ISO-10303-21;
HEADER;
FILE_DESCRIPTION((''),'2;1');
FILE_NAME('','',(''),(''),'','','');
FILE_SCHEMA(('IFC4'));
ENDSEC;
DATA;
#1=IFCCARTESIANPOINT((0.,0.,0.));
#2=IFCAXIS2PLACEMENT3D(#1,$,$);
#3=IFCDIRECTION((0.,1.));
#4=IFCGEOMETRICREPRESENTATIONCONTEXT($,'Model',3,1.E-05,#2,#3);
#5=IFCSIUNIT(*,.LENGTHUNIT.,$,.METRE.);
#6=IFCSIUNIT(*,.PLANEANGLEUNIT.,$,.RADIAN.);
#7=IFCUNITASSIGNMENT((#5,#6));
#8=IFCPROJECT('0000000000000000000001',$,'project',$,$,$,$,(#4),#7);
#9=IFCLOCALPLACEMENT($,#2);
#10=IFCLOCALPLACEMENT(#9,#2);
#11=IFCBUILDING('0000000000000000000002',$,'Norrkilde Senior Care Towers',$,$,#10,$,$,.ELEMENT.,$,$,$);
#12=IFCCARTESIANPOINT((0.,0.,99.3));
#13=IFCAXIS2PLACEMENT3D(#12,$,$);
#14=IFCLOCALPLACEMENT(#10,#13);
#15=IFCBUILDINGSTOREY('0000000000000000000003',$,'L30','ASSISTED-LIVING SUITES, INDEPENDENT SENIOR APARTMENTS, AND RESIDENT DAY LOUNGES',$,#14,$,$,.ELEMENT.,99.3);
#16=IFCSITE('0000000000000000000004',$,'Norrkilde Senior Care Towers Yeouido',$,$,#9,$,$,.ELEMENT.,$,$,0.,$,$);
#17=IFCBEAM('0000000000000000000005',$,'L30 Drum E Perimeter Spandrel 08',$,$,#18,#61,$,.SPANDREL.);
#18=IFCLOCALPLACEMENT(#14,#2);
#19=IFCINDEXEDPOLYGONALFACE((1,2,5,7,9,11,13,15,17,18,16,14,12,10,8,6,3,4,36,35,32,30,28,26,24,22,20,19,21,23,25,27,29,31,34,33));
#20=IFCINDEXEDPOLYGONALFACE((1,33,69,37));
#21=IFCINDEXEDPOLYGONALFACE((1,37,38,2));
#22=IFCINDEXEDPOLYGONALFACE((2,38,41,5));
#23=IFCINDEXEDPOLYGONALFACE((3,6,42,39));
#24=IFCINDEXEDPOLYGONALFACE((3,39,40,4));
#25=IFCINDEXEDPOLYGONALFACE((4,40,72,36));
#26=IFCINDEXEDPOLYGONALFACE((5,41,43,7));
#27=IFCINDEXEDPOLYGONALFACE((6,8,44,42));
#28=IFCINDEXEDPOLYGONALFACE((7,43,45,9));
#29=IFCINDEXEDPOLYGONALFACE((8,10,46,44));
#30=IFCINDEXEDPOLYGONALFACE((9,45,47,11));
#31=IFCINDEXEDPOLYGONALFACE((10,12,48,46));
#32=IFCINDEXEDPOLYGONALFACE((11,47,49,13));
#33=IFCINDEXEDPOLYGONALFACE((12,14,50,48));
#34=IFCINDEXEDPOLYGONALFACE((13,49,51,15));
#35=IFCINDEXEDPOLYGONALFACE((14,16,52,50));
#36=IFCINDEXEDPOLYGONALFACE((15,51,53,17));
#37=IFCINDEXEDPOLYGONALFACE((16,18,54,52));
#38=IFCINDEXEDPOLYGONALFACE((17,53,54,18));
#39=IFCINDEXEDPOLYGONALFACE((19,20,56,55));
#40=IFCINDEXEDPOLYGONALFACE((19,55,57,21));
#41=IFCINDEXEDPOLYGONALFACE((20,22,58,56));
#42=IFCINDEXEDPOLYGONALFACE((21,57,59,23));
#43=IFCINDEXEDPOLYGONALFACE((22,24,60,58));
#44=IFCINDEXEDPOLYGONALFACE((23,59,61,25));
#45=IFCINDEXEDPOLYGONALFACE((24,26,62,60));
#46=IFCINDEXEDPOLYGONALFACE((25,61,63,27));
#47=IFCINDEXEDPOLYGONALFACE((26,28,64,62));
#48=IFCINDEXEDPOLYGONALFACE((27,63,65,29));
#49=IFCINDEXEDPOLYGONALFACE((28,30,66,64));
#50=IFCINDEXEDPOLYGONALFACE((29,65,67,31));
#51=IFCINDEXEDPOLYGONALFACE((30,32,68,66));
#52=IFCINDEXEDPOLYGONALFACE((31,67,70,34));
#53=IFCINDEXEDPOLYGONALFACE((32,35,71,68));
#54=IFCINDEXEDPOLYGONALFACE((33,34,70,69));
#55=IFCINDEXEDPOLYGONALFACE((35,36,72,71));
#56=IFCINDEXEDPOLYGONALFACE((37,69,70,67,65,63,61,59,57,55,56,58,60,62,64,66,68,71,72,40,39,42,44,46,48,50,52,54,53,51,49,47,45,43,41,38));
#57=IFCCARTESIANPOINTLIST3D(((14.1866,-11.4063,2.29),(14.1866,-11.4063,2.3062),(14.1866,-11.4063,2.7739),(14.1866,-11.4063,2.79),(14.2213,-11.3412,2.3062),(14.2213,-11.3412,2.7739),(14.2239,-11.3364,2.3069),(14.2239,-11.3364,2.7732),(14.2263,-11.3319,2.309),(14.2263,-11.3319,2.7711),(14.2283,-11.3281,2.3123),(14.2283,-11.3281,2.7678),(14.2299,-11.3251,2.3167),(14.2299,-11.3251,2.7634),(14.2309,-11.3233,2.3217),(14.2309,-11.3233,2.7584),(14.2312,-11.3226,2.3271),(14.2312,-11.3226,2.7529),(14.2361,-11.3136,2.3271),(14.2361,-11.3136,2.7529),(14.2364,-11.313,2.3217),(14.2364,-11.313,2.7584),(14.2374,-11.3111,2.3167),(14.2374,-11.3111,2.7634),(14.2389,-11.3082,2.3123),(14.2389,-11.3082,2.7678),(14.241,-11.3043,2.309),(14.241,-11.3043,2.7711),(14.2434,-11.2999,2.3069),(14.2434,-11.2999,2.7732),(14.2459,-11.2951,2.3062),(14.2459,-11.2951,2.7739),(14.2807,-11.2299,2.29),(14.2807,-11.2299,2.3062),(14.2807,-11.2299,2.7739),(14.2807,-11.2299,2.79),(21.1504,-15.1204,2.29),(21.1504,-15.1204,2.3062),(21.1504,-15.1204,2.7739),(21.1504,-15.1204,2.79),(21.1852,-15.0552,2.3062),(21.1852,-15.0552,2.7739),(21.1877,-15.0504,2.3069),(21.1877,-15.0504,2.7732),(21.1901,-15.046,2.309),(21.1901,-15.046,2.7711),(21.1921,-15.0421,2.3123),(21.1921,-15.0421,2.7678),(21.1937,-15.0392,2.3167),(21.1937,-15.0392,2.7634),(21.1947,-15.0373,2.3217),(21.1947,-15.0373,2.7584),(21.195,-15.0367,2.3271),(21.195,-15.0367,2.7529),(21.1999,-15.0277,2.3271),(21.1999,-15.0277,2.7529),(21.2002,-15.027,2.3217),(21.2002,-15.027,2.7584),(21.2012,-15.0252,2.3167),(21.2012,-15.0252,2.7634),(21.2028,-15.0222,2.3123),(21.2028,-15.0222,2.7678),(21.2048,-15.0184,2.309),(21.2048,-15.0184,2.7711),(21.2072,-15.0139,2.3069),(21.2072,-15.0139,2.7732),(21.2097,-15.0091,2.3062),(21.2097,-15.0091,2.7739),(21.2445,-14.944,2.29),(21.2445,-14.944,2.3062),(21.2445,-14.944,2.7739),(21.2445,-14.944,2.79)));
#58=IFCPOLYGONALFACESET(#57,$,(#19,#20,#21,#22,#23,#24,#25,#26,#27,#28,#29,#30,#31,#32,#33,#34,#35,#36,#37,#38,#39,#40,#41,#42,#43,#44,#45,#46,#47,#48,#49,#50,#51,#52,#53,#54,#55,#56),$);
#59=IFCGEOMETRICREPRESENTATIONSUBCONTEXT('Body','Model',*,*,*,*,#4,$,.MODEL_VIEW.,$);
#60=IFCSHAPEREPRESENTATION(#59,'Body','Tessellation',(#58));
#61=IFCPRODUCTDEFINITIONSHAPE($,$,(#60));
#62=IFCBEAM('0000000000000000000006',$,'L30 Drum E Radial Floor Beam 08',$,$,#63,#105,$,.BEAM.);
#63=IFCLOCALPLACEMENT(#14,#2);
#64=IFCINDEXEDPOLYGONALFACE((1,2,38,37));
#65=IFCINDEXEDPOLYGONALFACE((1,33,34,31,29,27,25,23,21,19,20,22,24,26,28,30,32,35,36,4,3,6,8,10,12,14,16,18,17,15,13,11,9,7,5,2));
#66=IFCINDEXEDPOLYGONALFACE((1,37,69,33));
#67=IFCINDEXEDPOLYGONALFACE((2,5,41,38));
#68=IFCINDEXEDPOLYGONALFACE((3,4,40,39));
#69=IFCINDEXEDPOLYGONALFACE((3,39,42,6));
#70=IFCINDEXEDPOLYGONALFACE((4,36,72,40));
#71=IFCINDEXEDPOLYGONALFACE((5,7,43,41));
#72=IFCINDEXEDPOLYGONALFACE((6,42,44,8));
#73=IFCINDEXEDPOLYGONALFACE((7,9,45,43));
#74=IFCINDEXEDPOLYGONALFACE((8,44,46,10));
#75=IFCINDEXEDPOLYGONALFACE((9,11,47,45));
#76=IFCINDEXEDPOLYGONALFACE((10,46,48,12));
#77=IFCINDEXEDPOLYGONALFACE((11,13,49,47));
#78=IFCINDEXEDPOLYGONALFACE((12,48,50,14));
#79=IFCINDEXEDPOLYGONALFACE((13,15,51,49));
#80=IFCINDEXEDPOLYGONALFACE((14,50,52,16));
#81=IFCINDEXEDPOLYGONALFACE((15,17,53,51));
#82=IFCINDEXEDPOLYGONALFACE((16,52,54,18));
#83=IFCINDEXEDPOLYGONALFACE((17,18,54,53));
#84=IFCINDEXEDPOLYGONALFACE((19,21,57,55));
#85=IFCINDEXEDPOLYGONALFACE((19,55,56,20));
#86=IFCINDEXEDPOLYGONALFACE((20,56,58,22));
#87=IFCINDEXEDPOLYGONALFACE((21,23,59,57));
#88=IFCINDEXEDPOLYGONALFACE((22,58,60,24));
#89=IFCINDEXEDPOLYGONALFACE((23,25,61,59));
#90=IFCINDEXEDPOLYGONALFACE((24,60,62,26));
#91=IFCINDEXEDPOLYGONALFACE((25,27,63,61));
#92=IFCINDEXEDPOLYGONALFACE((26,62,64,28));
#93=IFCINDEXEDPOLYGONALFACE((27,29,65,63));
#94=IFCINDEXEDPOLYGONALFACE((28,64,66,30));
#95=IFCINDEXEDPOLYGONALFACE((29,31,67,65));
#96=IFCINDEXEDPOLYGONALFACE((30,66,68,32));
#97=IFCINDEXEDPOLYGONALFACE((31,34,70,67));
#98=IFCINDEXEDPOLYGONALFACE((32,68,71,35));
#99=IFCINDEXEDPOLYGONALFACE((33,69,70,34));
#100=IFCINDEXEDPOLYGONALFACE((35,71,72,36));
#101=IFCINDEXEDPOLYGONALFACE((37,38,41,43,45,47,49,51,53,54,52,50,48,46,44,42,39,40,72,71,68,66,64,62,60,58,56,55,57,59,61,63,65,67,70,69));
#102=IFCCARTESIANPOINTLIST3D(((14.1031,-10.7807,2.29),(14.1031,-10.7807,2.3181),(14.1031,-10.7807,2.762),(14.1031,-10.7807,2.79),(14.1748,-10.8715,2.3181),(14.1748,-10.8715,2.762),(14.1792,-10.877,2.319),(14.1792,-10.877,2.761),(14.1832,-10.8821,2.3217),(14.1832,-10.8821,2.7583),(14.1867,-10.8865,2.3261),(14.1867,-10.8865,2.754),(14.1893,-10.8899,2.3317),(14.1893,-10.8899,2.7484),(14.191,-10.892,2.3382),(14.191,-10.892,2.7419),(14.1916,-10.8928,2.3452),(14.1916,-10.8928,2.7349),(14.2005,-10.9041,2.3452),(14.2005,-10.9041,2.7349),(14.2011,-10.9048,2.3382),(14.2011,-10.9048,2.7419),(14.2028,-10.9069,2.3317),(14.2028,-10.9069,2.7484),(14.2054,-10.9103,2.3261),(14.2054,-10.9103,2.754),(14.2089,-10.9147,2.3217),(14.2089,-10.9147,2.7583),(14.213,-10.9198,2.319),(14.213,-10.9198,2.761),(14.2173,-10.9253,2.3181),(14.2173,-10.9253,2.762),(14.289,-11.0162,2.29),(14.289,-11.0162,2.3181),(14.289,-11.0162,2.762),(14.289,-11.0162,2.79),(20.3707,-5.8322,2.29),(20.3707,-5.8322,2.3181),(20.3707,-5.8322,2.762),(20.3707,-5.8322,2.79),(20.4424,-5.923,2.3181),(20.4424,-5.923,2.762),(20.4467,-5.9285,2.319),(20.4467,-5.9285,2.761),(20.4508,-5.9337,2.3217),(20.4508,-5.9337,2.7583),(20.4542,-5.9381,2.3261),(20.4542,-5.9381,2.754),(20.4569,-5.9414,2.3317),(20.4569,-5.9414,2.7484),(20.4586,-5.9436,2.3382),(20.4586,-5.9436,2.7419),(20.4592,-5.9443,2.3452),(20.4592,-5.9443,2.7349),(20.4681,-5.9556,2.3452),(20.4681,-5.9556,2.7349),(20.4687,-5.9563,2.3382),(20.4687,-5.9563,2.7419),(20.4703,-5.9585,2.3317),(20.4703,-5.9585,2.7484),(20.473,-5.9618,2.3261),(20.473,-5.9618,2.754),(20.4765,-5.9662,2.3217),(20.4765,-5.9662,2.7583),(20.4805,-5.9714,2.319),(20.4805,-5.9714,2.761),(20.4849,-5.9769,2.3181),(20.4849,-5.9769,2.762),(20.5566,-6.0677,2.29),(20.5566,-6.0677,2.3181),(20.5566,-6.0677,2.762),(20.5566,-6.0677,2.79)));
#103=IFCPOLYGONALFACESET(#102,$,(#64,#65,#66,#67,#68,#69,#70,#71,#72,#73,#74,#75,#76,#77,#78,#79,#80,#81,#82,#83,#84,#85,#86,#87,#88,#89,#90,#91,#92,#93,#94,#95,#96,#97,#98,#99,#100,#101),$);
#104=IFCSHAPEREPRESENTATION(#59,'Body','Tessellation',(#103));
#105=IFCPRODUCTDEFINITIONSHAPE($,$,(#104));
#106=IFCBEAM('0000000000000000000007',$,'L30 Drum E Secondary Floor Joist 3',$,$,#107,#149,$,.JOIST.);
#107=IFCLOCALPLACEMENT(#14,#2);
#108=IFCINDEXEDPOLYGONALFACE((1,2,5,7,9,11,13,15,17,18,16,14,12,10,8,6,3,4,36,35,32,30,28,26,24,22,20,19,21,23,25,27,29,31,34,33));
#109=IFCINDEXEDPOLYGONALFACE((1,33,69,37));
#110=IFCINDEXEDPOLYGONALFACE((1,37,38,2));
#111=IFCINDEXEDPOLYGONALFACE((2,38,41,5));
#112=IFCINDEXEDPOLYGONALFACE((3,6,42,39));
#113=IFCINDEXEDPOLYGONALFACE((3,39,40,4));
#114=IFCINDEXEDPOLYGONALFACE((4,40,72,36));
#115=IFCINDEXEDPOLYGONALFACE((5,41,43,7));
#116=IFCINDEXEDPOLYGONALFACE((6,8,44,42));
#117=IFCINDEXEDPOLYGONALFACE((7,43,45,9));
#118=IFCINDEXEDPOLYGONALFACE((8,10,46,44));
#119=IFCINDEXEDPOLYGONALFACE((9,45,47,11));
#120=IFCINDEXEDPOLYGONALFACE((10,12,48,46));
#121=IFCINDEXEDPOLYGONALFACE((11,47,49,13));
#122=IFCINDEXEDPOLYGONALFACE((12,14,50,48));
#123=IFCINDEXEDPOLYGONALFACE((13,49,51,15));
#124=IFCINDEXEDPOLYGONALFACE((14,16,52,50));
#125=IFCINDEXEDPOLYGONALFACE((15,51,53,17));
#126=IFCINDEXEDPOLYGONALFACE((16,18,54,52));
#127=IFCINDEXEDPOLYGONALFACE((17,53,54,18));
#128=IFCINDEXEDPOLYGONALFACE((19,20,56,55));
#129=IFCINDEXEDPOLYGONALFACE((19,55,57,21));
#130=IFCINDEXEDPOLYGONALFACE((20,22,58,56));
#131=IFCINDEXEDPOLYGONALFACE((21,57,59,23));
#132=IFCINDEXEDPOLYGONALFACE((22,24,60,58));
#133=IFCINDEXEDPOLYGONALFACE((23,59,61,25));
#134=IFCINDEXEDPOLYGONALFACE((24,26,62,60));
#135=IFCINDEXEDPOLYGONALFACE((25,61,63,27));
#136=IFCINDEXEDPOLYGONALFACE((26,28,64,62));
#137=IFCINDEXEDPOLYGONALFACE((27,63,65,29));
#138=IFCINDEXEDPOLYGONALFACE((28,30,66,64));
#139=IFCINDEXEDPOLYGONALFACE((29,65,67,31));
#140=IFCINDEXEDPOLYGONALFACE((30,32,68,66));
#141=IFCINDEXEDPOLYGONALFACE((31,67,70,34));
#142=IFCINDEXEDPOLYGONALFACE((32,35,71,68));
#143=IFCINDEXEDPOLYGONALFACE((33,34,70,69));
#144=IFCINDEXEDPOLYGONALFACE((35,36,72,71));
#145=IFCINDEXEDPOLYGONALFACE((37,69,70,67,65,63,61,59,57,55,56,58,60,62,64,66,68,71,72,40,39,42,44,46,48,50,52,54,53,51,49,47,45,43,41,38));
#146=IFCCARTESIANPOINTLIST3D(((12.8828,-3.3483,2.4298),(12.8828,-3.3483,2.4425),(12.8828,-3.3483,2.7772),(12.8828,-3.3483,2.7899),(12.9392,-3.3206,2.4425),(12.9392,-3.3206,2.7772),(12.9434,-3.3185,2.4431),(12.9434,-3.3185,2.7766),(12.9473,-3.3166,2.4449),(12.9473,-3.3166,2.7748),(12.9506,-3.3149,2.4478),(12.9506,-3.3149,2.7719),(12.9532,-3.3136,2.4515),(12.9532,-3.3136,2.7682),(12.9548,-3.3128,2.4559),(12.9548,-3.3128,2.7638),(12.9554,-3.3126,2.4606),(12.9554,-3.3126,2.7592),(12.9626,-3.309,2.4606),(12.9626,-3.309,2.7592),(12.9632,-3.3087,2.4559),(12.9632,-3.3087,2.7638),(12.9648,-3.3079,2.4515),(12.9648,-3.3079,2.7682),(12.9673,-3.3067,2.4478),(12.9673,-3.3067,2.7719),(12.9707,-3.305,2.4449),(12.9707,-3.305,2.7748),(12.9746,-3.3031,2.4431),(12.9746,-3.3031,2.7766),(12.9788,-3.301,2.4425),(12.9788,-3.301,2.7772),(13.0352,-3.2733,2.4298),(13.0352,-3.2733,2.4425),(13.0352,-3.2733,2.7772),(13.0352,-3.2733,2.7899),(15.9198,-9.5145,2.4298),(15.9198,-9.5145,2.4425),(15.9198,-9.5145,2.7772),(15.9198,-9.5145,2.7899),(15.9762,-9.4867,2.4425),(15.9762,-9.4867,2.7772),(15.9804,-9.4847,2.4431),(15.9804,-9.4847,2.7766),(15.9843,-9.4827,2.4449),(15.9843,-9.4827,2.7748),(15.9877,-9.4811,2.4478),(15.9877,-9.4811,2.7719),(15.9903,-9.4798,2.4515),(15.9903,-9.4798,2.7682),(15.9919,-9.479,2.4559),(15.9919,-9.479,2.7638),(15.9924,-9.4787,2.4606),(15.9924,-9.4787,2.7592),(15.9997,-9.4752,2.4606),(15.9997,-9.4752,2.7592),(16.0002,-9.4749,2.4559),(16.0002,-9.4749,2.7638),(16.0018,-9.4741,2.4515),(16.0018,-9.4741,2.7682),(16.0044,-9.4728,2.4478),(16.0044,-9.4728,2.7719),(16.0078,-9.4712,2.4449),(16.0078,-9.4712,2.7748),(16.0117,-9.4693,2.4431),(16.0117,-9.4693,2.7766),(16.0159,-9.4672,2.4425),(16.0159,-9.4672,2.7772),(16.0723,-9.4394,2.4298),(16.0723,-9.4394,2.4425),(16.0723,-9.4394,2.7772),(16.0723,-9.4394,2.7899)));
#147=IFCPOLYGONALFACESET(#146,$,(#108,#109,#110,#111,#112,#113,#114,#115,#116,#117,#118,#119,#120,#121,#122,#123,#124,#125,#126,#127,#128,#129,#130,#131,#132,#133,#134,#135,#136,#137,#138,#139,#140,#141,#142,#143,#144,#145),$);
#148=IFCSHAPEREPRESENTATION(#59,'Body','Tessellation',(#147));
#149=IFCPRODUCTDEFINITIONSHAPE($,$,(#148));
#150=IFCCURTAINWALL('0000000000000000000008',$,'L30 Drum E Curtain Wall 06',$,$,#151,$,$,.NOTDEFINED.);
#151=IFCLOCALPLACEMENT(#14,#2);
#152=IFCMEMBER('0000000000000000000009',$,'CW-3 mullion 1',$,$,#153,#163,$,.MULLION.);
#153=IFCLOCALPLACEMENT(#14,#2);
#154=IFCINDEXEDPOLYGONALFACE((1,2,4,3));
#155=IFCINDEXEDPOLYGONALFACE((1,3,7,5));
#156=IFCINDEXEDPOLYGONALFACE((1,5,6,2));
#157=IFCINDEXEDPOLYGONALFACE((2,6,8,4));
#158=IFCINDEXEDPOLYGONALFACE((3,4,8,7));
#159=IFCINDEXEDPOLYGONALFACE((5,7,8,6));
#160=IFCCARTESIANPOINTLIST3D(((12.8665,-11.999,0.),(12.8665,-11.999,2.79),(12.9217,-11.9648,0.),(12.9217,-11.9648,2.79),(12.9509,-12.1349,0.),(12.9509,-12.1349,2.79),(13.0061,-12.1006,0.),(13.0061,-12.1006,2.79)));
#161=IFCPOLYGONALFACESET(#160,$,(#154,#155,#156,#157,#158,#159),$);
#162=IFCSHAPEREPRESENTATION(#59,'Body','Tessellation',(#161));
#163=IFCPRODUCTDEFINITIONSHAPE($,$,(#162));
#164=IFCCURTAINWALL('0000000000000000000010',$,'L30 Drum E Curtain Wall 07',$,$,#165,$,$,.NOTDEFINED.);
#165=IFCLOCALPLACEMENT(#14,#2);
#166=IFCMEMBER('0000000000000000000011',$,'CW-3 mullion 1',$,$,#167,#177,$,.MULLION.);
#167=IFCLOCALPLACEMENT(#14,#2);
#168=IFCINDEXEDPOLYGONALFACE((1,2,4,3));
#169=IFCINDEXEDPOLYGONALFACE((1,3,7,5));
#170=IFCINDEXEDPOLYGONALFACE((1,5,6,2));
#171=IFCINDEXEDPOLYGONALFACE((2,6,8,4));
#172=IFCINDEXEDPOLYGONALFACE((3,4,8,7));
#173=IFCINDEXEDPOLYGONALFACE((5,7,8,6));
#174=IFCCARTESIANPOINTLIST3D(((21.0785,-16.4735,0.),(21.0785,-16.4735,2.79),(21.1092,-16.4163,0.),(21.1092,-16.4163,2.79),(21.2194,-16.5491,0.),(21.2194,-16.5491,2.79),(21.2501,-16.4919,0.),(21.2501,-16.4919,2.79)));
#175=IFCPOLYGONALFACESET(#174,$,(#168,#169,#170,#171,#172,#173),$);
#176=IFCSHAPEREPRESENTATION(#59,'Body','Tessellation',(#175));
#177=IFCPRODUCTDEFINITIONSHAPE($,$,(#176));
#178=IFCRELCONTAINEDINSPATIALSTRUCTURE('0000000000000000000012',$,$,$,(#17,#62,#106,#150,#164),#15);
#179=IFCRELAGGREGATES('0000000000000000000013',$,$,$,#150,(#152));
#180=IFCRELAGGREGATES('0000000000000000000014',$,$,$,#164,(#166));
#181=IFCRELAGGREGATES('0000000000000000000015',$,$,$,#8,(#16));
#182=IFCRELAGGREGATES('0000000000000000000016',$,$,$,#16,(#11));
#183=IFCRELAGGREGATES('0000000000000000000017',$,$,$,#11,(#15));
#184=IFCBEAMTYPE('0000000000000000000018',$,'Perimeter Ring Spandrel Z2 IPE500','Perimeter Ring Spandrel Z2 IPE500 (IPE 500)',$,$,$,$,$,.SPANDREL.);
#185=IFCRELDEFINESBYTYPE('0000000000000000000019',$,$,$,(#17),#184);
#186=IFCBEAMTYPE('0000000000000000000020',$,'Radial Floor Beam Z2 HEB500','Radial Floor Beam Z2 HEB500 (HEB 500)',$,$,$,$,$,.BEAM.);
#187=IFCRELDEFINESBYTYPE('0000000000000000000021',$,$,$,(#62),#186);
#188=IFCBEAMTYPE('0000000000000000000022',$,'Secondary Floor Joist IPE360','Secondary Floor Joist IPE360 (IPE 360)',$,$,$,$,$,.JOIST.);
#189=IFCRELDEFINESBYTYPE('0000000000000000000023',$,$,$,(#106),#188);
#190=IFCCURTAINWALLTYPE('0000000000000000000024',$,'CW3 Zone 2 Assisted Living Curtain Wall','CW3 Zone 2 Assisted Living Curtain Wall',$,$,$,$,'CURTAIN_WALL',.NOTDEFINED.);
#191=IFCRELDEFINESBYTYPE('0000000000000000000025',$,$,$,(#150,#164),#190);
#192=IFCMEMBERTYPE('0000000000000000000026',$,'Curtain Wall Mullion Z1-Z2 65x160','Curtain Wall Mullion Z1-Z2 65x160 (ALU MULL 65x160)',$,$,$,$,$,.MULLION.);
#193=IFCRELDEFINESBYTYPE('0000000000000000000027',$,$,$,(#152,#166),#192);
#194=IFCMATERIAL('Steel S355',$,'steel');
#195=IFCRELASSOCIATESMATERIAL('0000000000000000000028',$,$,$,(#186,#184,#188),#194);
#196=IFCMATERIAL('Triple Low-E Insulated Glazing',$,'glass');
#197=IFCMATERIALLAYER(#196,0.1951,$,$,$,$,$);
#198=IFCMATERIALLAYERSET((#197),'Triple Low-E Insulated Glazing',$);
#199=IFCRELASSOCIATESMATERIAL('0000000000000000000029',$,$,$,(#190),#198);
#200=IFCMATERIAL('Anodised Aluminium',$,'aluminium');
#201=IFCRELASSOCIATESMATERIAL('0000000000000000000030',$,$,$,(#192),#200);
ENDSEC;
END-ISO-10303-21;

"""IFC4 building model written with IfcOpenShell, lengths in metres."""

from ifc_helpers import new_model, si_unit, direction, frame, origin, origin_2d, place, context, subcontext, project, spatial, rectangle, i_section, extrude, source, transform, mapped, material, layer, layer_set, material_profile, profile_set, type_object, type_shapes, element, aggregate, save


model = new_model("IFC4")

# Units and contexts
model_context = context("Model", 3, precision=1e-05, world=origin(), true_north=direction((0.0, 1.0)))
body_context = subcontext(model_context, "Body", "Model", "MODEL_VIEW")
ifc_project = project(units=[si_unit("LENGTHUNIT", "METRE"), si_unit("PLANEANGLEUNIT", "RADIAN")], contexts=[model_context])

# Site, building, storey
site_placement = place(None, origin())
site = spatial("IfcSite", under=ifc_project, at=site_placement, Name="Norrkilde Senior Care Towers Yeouido", CompositionType="ELEMENT", RefElevation=0.0)
building_placement = place(site_placement, origin())
building = spatial("IfcBuilding", under=site, at=building_placement, Name="Norrkilde Senior Care Towers", CompositionType="ELEMENT")
storey_placement = place(building_placement, frame((0.0, 0.0, 99.3)))
storey = spatial("IfcBuildingStorey", under=building, at=storey_placement, Name="L30", Description="ASSISTED-LIVING SUITES, INDEPENDENT SENIOR APARTMENTS, AND RESIDENT DAY LOUNGES", CompositionType="ELEMENT", Elevation=99.3)

# Beams
ifc_material_1 = material(Name="Steel S355", Category="steel")
ifc_material_profile_1 = material_profile(ifc_material_1, i_section(OverallWidth=0.3, OverallDepth=0.5, WebThickness=0.0144, FlangeThickness=0.0281, FilletRadius=0.0271, at=origin_2d()), Name="HEB 500")
ifc_profile_set_1 = profile_set([ifc_material_profile_1], Name="Steel S355")
beam_type_1 = type_object("IfcBeamType", Name="Radial Floor Beam Z2 HEB500", Description="Radial Floor Beam Z2 HEB500 (HEB 500)", PredefinedType="BEAM", material=ifc_profile_set_1)
ifc_material_profile_2 = material_profile(ifc_material_1, i_section(OverallWidth=0.2, OverallDepth=0.5, WebThickness=0.0103, FlangeThickness=0.0161, FilletRadius=0.021, at=origin_2d()), Name="IPE 500")
ifc_profile_set_2 = profile_set([ifc_material_profile_2], Name="Steel S355")
beam_type_2 = type_object("IfcBeamType", Name="Perimeter Ring Spandrel Z2 IPE500", Description="Perimeter Ring Spandrel Z2 IPE500 (IPE 500)", PredefinedType="SPANDREL", material=ifc_profile_set_2)
shared_shape_1 = source(origin(), body_context, "Body", "SweptSolid", [
    extrude(i_section(OverallWidth=0.2, OverallDepth=0.5, WebThickness=0.0103, FlangeThickness=0.0161, FilletRadius=0.021, at=origin_2d()), origin(), (0.0, 0.0, 1.0), 7.8923),
])
type_shapes(beam_type_2, [shared_shape_1])
beam_1_placement = place(storey_placement, frame((14.2336, -11.3181, 2.54), z_axis=(0.88235, -0.470593, 0.0), x_axis=(0.470593, 0.88235, 0.0)))
element("IfcBeam", 1, at=beam_1_placement, inside=storey, type_object=beam_type_2, Name="L30 Drum E Perimeter Spandrel 08", PredefinedType="SPANDREL", context=body_context, shape_type="MappedRepresentation", body=[
    mapped(shared_shape_1, transform((0.0, 0.0, 0.0), x_axis=(1.0, 0.0, 0.0), y_axis=(0.0, 1.0, 0.0), z_axis=(0.0, 0.0, 1.0), scale=1.0)),
])
shared_shape_2 = source(origin(), body_context, "Body", "SweptSolid", [
    extrude(i_section(OverallWidth=0.3, OverallDepth=0.5, WebThickness=0.0144, FlangeThickness=0.0281, FilletRadius=0.0271, at=origin_2d()), origin(), (0.0, 0.0, 1.0), 7.9856),
])
beam_2_placement = place(storey_placement, frame((20.4636, -5.95, 2.54), z_axis=(-0.784859, -0.619675, 0.0), x_axis=(0.619675, -0.784859, 0.0)))
element("IfcBeam", 2, at=beam_2_placement, inside=storey, type_object=beam_type_1, Name="L30 Drum E Radial Floor Beam 08", PredefinedType="BEAM", context=body_context, shape_type="MappedRepresentation", body=[
    mapped(shared_shape_2, transform((0.0, 0.0, 0.0), x_axis=(1.0, 0.0, 0.0), y_axis=(0.0, 1.0, 0.0), z_axis=(0.0, 0.0, 1.0), scale=1.0)),
])
ifc_material_profile_3 = material_profile(ifc_material_1, i_section(OverallWidth=0.1699, OverallDepth=0.3601, WebThickness=0.0081, FlangeThickness=0.0127, FilletRadius=0.0181, at=origin_2d()), Name="IPE 360")
ifc_profile_set_3 = profile_set([ifc_material_profile_3], Name="Steel S355")
beam_type_3 = type_object("IfcBeamType", Name="Secondary Floor Joist IPE360", Description="Secondary Floor Joist IPE360 (IPE 360)", PredefinedType="JOIST", material=ifc_profile_set_3)
shared_shape_3 = source(origin(), body_context, "Body", "SweptSolid", [
    extrude(i_section(OverallWidth=0.1699, OverallDepth=0.3601, WebThickness=0.0081, FlangeThickness=0.0127, FilletRadius=0.0181, at=origin_2d()), origin(), (0.0, 0.0, 1.0), 6.8735),
])
type_shapes(beam_type_3, [shared_shape_3])
beam_3_placement = place(storey_placement, frame((12.959, -3.3108, 2.6099), z_axis=(0.441849, -0.897089, 0.0), x_axis=(0.897089, 0.441849, 0.0)))
element("IfcBeam", 3, at=beam_3_placement, inside=storey, type_object=beam_type_3, Name="L30 Drum E Secondary Floor Joist 3", PredefinedType="JOIST", context=body_context, shape_type="MappedRepresentation", body=[
    mapped(shared_shape_3, transform((0.0, 0.0, 0.0), x_axis=(1.0, 0.0, 0.0), y_axis=(0.0, 1.0, 0.0), z_axis=(0.0, 0.0, 1.0), scale=1.0)),
])

# Curtain wall, member
ifc_material_2 = material(Name="Triple Low-E Insulated Glazing", Category="glass")
ifc_layer_1 = layer(ifc_material_2, 0.1951)
ifc_layer_set_1 = layer_set([ifc_layer_1], Name="Triple Low-E Insulated Glazing")
curtain_wall_type = type_object("IfcCurtainWallType", Name="CW3 Zone 2 Assisted Living Curtain Wall", Description="CW3 Zone 2 Assisted Living Curtain Wall", ElementType="CURTAIN_WALL", PredefinedType="NOTDEFINED", material=ifc_layer_set_1)
curtain_wall_1_placement = place(storey_placement, origin())
curtain_wall_1 = element("IfcCurtainWall", 4, at=curtain_wall_1_placement, inside=storey, type_object=curtain_wall_type, Name="L30 Drum E Curtain Wall 06", PredefinedType="NOTDEFINED")
ifc_material_3 = material(Name="Anodised Aluminium", Category="aluminium")
ifc_material_profile_4 = material_profile(ifc_material_3, rectangle(XDim=0.0649, YDim=0.1599, at=origin_2d()), Name="ALU MULL 65x160")
ifc_profile_set_4 = profile_set([ifc_material_profile_4], Name="Anodised Aluminium")
member_type_1 = type_object("IfcMemberType", Name="Curtain Wall Mullion Z1-Z2 65x160", Description="Curtain Wall Mullion Z1-Z2 65x160 (ALU MULL 65x160)", PredefinedType="MULLION", material=ifc_profile_set_4)
shared_shape_4 = source(origin(), body_context, "Body", "SweptSolid", [
    extrude(rectangle(XDim=0.0649, YDim=0.1599, at=origin_2d()), origin(), (0.0, 0.0, 1.0), 2.79),
])
type_shapes(member_type_1, [shared_shape_4])
member_1_placement = place(storey_placement, frame((12.9363, -12.0498, 0.0), z_axis=(0.0, 0.0, 1.0), x_axis=(-0.84941, -0.527733, 0.0)))
member_1 = element("IfcMember", 5, at=member_1_placement, type_object=member_type_1, Name="CW-3 mullion 1", PredefinedType="MULLION", context=body_context, shape_type="MappedRepresentation", body=[
    mapped(shared_shape_4, transform((0.0, 0.0, 0.0), x_axis=(1.0, 0.0, 0.0), y_axis=(0.0, 1.0, 0.0), z_axis=(0.0, 0.0, 1.0), scale=1.0)),
])

# Curtain wall, member
curtain_wall_2_placement = place(storey_placement, origin())
curtain_wall_2 = element("IfcCurtainWall", 6, at=curtain_wall_2_placement, inside=storey, type_object=curtain_wall_type, Name="L30 Drum E Curtain Wall 07", PredefinedType="NOTDEFINED")
member_2_placement = place(storey_placement, frame((21.1643, -16.4827, 0.0), z_axis=(0.0, 0.0, 1.0), x_axis=(-0.472769, -0.881186, 0.0)))
member_2 = element("IfcMember", 7, at=member_2_placement, type_object=member_type_1, Name="CW-3 mullion 1", PredefinedType="MULLION", context=body_context, shape_type="MappedRepresentation", body=[
    mapped(shared_shape_4, transform((0.0, 0.0, 0.0), x_axis=(1.0, 0.0, 0.0), y_axis=(0.0, 1.0, 0.0), z_axis=(0.0, 0.0, 1.0), scale=1.0)),
])

aggregate(curtain_wall_1, [member_1])

aggregate(curtain_wall_2, [member_2])

save(model, "model.ifc")
